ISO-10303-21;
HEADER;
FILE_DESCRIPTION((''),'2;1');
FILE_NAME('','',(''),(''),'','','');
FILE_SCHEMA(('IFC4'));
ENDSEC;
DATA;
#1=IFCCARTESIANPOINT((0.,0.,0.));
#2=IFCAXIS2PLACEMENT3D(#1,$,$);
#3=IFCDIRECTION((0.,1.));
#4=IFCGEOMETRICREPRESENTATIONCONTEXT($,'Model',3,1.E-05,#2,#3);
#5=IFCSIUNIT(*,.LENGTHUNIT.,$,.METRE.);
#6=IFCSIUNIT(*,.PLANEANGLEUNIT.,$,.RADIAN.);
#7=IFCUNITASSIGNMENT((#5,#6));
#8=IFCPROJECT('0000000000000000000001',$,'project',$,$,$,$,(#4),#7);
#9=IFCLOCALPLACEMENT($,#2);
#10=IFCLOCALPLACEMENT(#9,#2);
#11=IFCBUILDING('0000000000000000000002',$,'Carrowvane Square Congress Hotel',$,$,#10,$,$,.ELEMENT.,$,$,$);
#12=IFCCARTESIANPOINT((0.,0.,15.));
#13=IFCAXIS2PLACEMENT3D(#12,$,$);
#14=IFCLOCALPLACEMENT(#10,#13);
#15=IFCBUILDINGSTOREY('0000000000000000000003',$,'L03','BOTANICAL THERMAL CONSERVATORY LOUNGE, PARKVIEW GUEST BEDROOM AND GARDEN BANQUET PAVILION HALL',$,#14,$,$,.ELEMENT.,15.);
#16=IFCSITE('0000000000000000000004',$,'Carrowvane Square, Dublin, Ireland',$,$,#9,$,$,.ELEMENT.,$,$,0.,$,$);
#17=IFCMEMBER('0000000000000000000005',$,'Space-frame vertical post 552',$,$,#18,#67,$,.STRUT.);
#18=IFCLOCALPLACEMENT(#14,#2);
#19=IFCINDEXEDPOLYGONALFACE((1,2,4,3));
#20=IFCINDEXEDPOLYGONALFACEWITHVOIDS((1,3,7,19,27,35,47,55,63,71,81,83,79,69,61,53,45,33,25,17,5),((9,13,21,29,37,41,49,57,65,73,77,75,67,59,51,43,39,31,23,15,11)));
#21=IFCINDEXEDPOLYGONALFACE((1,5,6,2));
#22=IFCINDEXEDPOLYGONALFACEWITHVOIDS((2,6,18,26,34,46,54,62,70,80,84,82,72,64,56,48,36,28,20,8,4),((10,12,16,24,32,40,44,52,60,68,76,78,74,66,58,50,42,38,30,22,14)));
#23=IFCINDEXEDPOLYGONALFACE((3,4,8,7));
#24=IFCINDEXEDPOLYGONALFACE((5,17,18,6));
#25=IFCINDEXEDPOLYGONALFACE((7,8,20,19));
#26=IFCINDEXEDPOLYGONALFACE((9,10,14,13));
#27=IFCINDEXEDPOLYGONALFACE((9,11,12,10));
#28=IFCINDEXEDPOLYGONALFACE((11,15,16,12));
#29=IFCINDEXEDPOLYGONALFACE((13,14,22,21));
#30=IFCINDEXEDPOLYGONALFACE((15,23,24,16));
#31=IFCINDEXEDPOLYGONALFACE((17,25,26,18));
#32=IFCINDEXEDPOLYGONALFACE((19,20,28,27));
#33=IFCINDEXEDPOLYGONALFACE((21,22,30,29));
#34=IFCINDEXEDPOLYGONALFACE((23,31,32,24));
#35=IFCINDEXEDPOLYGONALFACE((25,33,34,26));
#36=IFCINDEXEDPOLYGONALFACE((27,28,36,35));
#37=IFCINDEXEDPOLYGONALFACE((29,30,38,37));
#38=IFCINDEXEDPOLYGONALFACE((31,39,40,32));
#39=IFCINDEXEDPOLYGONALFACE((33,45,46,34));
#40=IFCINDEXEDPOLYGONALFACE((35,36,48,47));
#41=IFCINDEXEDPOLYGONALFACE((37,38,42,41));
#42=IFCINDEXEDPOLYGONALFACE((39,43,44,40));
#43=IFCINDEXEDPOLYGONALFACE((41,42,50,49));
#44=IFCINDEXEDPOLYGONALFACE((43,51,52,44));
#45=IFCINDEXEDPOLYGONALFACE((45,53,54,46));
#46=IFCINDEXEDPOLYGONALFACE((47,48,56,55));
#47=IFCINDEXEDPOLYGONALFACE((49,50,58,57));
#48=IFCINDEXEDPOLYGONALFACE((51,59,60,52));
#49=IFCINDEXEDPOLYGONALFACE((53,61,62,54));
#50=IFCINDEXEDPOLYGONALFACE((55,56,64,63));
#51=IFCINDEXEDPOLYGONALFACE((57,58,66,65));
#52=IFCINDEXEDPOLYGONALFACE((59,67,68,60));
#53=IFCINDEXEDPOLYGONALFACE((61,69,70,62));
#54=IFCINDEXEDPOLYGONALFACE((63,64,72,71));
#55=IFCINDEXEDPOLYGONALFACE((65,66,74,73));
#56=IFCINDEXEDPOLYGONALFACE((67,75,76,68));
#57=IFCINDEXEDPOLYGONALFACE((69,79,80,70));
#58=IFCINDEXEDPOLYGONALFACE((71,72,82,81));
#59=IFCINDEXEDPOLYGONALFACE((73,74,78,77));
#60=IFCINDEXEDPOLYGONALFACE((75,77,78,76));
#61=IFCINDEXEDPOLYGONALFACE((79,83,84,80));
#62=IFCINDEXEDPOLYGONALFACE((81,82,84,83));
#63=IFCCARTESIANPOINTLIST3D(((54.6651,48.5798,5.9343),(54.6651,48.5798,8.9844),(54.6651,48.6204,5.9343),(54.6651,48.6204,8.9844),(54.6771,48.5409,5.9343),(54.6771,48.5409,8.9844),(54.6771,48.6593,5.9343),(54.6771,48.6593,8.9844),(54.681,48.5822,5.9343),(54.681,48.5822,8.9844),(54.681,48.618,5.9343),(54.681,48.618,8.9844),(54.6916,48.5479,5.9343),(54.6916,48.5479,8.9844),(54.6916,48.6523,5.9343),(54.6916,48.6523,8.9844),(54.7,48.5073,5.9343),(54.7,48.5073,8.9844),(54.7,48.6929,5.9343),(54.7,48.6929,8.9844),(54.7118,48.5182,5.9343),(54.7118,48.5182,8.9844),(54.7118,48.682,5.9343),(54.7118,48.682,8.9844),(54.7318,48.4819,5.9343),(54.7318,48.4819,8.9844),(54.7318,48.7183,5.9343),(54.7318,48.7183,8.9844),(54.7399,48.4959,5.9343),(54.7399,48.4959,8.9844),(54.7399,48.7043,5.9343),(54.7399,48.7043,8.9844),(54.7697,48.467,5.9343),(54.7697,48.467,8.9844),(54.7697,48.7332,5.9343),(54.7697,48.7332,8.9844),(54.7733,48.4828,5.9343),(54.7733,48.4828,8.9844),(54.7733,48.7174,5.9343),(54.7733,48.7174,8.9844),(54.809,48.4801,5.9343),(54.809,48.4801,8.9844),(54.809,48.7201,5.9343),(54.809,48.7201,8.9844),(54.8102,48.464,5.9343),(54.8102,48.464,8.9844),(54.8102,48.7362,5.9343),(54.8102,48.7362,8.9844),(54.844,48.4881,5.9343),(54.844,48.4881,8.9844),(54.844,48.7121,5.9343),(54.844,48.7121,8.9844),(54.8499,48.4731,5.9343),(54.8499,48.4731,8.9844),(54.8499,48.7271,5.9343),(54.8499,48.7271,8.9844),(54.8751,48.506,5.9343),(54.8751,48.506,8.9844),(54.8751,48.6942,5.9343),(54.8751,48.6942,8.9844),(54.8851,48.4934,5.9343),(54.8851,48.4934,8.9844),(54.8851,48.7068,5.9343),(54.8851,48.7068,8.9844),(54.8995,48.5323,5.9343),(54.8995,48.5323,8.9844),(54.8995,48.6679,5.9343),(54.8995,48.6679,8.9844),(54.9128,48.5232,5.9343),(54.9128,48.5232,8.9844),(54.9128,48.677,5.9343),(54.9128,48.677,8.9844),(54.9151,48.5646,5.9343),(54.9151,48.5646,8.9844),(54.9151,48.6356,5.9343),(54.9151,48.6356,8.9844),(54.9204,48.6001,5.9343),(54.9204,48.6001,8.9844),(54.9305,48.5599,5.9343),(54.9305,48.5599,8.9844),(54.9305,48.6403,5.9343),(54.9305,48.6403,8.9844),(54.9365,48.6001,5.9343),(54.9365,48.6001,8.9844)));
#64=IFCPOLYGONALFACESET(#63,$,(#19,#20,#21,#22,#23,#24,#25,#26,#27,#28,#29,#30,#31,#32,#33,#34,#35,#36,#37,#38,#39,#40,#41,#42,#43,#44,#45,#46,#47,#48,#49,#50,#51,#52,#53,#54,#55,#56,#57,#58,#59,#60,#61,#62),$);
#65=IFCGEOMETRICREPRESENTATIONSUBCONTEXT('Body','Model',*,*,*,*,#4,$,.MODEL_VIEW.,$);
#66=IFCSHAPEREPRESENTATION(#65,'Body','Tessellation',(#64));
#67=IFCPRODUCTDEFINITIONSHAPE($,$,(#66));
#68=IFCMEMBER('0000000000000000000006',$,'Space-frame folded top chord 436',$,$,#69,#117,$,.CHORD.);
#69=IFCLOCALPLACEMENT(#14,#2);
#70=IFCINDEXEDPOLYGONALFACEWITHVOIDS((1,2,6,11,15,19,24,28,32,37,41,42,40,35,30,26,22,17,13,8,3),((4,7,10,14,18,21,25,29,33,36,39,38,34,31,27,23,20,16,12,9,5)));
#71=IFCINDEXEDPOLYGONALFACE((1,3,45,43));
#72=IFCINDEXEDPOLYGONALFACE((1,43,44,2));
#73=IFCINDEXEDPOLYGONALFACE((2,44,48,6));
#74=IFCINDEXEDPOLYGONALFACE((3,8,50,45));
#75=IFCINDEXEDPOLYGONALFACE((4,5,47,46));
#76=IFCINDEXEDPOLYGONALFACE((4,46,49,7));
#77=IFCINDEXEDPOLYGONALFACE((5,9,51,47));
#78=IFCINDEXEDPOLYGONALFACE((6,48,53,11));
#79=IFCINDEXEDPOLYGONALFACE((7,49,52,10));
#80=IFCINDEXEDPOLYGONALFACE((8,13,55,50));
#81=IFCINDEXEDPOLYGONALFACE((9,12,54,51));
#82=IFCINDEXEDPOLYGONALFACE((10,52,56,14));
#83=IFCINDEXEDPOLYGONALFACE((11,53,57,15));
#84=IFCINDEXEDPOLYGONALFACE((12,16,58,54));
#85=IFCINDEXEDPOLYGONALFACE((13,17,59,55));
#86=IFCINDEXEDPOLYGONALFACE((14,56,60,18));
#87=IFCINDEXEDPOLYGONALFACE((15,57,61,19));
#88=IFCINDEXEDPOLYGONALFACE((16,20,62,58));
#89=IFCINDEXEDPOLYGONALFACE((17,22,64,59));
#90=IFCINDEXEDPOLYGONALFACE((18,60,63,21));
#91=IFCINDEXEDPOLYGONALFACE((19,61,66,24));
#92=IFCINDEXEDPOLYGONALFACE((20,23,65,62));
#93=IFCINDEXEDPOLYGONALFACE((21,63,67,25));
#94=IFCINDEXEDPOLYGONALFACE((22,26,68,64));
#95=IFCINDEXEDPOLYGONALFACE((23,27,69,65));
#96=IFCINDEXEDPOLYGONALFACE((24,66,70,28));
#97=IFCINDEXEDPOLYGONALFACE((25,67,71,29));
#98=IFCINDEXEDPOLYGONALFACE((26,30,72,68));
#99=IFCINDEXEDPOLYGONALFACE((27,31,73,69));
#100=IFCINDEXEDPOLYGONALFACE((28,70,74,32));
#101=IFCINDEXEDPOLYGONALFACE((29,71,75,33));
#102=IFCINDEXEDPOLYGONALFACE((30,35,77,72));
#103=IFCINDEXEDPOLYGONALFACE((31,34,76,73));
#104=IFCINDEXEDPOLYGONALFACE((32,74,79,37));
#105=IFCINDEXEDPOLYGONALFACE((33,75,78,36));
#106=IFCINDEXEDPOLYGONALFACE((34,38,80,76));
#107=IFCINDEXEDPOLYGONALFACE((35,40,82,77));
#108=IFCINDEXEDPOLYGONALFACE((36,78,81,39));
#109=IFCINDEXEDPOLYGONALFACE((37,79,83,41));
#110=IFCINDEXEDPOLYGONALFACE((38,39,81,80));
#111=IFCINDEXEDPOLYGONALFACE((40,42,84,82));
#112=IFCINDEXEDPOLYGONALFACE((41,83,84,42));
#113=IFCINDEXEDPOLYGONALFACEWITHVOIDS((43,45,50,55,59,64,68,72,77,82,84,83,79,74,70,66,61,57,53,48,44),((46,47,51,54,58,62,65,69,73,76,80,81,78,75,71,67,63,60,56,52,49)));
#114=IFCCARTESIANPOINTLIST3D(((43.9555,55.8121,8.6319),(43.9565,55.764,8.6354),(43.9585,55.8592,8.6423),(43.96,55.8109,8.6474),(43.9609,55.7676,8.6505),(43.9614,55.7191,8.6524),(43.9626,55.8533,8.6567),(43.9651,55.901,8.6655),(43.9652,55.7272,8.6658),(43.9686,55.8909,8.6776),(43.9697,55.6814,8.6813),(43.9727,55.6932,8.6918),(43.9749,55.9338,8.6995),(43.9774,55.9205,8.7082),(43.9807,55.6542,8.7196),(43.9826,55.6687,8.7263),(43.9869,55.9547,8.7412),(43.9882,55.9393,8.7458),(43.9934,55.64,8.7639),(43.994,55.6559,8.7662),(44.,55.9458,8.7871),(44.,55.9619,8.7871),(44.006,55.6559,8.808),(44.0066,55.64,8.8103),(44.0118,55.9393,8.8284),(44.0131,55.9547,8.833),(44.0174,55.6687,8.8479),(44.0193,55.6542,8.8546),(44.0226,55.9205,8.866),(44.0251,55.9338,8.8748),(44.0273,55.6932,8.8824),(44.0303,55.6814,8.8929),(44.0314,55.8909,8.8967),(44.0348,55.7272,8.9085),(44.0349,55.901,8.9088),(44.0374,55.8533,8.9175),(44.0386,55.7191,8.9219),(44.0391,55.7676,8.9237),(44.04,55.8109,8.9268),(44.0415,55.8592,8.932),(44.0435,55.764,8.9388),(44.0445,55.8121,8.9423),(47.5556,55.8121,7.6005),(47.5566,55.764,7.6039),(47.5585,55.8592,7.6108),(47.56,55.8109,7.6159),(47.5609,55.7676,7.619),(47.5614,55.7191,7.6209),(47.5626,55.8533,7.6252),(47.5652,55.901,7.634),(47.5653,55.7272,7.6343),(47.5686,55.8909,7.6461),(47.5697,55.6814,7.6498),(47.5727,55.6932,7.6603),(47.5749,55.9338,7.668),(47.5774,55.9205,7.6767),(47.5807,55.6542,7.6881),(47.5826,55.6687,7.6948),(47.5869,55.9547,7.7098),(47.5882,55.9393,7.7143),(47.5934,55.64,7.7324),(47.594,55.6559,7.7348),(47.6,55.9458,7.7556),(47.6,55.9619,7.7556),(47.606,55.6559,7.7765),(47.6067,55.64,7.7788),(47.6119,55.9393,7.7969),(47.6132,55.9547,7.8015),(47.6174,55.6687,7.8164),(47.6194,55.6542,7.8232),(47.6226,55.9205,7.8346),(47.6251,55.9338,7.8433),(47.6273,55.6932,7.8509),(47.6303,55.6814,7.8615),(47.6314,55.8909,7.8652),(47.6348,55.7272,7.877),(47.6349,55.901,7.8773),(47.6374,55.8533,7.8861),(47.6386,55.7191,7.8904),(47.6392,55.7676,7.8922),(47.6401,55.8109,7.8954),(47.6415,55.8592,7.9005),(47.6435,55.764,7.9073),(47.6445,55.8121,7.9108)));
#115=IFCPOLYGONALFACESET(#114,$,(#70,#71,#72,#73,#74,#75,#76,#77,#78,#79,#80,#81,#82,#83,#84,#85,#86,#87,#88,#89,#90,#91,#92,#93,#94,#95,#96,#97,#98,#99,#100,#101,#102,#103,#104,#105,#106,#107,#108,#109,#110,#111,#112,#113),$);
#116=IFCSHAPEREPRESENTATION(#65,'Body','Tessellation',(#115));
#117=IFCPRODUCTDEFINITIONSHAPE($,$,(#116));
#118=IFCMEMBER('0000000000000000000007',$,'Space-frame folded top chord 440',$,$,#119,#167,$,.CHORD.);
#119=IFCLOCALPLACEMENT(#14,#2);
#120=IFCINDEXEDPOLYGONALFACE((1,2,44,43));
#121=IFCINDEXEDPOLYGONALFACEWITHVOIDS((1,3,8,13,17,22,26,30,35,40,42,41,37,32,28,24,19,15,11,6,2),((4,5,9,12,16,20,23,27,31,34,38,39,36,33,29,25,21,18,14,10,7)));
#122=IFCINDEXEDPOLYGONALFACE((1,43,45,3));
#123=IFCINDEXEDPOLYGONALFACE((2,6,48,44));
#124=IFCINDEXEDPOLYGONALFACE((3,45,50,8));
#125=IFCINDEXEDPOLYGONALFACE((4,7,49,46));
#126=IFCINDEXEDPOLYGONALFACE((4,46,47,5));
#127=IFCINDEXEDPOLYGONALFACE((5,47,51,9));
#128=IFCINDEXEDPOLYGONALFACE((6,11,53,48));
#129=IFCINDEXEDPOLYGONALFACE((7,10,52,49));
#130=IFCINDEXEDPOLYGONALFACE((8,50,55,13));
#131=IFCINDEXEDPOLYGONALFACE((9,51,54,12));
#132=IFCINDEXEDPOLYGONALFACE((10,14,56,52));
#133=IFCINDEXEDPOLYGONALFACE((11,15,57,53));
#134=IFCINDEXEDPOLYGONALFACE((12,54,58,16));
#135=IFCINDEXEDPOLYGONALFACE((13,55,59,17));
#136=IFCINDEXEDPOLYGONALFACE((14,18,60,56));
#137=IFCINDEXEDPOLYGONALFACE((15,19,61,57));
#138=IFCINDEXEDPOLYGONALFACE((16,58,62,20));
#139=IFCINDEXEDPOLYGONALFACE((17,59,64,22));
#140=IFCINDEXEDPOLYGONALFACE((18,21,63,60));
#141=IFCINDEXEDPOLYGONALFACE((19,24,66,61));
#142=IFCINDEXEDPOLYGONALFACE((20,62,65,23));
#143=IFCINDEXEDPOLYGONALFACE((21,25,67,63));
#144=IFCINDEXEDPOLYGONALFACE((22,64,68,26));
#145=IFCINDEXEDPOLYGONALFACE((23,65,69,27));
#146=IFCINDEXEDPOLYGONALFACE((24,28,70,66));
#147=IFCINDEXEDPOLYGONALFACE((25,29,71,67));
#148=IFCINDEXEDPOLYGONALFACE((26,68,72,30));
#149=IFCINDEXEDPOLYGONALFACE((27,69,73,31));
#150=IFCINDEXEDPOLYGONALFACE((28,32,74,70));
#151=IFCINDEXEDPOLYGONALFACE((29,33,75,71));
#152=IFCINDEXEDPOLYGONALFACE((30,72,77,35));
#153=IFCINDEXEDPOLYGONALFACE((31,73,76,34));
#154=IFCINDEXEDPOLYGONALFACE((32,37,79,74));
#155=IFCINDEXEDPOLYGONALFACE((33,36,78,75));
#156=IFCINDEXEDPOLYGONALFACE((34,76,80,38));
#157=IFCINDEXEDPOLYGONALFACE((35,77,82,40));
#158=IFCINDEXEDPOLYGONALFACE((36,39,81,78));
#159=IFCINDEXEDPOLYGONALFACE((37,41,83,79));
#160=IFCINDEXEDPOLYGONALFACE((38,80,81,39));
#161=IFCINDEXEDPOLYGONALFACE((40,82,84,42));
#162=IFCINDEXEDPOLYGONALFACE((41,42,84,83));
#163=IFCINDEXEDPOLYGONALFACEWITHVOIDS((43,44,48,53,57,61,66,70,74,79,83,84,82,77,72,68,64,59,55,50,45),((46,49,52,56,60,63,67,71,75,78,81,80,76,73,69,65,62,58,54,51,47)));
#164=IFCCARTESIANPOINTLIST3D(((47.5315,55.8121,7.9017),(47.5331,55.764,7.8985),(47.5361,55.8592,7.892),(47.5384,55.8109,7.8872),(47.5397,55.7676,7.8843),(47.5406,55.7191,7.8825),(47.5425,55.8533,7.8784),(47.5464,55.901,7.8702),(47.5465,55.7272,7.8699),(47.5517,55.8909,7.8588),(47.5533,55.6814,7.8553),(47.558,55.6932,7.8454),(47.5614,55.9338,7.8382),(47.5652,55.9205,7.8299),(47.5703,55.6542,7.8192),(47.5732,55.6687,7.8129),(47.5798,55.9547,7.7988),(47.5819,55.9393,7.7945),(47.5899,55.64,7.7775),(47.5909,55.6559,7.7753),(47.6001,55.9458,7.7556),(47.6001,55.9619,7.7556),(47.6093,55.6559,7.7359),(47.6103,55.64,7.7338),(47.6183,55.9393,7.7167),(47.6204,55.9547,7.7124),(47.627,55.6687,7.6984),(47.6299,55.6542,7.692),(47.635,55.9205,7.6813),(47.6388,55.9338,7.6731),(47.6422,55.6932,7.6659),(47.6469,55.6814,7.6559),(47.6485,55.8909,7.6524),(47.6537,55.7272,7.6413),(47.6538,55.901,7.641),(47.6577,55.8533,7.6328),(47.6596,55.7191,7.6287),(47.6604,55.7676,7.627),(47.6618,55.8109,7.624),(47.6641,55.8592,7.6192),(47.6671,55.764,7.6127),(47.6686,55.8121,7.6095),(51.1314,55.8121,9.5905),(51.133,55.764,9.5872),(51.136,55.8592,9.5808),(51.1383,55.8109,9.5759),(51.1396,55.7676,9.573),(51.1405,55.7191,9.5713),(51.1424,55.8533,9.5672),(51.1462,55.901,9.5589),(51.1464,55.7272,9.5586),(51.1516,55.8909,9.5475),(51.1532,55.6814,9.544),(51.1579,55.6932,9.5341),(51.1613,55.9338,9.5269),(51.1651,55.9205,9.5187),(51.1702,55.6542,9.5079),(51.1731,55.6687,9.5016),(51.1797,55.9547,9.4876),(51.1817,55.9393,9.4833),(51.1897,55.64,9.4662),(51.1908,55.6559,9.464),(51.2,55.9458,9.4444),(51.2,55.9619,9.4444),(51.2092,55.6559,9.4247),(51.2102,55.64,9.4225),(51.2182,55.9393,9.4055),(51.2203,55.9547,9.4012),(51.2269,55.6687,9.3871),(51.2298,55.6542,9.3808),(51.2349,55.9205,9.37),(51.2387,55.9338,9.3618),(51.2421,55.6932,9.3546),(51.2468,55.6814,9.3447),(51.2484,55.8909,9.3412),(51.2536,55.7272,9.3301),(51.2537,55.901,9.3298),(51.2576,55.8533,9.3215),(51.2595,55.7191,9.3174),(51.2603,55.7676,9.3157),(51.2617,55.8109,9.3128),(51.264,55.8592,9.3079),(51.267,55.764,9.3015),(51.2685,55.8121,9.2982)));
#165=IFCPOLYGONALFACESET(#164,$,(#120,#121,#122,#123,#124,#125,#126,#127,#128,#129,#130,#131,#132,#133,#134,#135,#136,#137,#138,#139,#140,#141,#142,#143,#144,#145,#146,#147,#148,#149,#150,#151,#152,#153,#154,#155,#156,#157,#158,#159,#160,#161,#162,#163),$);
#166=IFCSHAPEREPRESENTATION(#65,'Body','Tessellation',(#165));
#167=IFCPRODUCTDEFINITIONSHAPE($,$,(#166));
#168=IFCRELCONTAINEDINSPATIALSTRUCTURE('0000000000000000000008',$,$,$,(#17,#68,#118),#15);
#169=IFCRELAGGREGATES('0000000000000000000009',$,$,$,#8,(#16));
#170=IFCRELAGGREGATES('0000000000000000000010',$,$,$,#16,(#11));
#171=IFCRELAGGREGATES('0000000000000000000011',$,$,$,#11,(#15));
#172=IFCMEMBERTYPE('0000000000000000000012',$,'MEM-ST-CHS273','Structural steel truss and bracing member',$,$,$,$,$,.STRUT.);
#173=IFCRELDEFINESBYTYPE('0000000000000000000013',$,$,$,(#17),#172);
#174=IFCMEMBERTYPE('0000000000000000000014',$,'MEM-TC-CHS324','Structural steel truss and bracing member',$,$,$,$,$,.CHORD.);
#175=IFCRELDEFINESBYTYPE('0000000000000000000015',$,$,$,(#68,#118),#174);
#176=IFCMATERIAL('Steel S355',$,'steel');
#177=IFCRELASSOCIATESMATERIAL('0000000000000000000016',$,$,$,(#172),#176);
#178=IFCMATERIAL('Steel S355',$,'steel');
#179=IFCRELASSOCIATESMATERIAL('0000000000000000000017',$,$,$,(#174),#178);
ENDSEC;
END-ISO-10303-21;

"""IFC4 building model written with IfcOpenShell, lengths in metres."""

from ifc_helpers import new_model, si_unit, direction, frame, origin, origin_2d, place, context, subcontext, project, spatial, hollow_circle, extrude, material, material_profile, profile_set, type_object, element, save


model = new_model("IFC4")

# Units and contexts
model_context = context("Model", 3, precision=1e-05, world=origin(), true_north=direction((0.0, 1.0)))
body_context = subcontext(model_context, "Body", "Model", "MODEL_VIEW")
ifc_project = project(units=[si_unit("LENGTHUNIT", "METRE"), si_unit("PLANEANGLEUNIT", "RADIAN")], contexts=[model_context])

# Site, building, storey
site_placement = place(None, origin())
site = spatial("IfcSite", under=ifc_project, at=site_placement, Name="Carrowvane Square, Dublin, Ireland", CompositionType="ELEMENT", RefElevation=0.0)
building_placement = place(site_placement, origin())
building = spatial("IfcBuilding", under=site, at=building_placement, Name="Carrowvane Square Congress Hotel", CompositionType="ELEMENT")
storey_placement = place(building_placement, frame((0.0, 0.0, 15.0)))
storey = spatial("IfcBuildingStorey", under=building, at=storey_placement, Name="L03", Description="BOTANICAL THERMAL CONSERVATORY LOUNGE, PARKVIEW GUEST BEDROOM AND GARDEN BANQUET PAVILION HALL", CompositionType="ELEMENT", Elevation=15.0)

# Members
ifc_material_1 = material(Name="Steel S355", Category="steel")
ifc_material_profile_1 = material_profile(ifc_material_1, hollow_circle(Radius=0.1365, WallThickness=0.0161, at=origin_2d()), Name="CHS 273.0x16")
ifc_profile_set_1 = profile_set([ifc_material_profile_1], Name="Steel S355")
member_type_1 = type_object("IfcMemberType", Name="MEM-ST-CHS273", Description="Structural steel truss and bracing member", PredefinedType="STRUT", material=ifc_profile_set_1)
member_1_placement = place(storey_placement, frame((54.8, 48.6001, 5.9343), z_axis=(0.0, 0.0, 1.0), x_axis=(1.0, 0.0, 0.0)))
element("IfcMember", 1, at=member_1_placement, inside=storey, type_object=member_type_1, Name="Space-frame vertical post 552", PredefinedType="STRUT", context=body_context, shape_type="SweptSolid", body=[
    extrude(hollow_circle(Radius=0.1365, WallThickness=0.0161, at=origin_2d()), origin(), (0.0, 0.0, 1.0), 3.05),
])
ifc_material_2 = material(Name="Steel S355", Category="steel")
ifc_material_profile_2 = material_profile(ifc_material_2, hollow_circle(Radius=0.1619, WallThickness=0.0161, at=origin_2d()), Name="CHS 323.9x16")
ifc_profile_set_2 = profile_set([ifc_material_profile_2], Name="Steel S355")
member_type_2 = type_object("IfcMemberType", Name="MEM-TC-CHS324", Description="Structural steel truss and bracing member", PredefinedType="CHORD", material=ifc_profile_set_2)
member_2_placement = place(storey_placement, frame((44.0, 55.8, 8.7871), z_axis=(0.961319, 0.0, -0.275436), x_axis=(0.0, 1.0, 0.0)))
element("IfcMember", 2, at=member_2_placement, inside=storey, type_object=member_type_2, Name="Space-frame folded top chord 436", PredefinedType="CHORD", context=body_context, shape_type="SweptSolid", body=[
    extrude(hollow_circle(Radius=0.1619, WallThickness=0.0161, at=origin_2d()), origin(), (0.0, 0.0, 1.0), 3.7449),
])
member_3_placement = place(storey_placement, frame((47.6001, 55.8, 7.7556), z_axis=(0.905334, 0.0, 0.4247), x_axis=(0.0, 1.0, 0.0)))
element("IfcMember", 3, at=member_3_placement, inside=storey, type_object=member_type_2, Name="Space-frame folded top chord 440", PredefinedType="CHORD", context=body_context, shape_type="SweptSolid", body=[
    extrude(hollow_circle(Radius=0.1619, WallThickness=0.0161, at=origin_2d()), origin(), (0.0, 0.0, 1.0), 3.9763),
])

save(model, "model.ifc")
